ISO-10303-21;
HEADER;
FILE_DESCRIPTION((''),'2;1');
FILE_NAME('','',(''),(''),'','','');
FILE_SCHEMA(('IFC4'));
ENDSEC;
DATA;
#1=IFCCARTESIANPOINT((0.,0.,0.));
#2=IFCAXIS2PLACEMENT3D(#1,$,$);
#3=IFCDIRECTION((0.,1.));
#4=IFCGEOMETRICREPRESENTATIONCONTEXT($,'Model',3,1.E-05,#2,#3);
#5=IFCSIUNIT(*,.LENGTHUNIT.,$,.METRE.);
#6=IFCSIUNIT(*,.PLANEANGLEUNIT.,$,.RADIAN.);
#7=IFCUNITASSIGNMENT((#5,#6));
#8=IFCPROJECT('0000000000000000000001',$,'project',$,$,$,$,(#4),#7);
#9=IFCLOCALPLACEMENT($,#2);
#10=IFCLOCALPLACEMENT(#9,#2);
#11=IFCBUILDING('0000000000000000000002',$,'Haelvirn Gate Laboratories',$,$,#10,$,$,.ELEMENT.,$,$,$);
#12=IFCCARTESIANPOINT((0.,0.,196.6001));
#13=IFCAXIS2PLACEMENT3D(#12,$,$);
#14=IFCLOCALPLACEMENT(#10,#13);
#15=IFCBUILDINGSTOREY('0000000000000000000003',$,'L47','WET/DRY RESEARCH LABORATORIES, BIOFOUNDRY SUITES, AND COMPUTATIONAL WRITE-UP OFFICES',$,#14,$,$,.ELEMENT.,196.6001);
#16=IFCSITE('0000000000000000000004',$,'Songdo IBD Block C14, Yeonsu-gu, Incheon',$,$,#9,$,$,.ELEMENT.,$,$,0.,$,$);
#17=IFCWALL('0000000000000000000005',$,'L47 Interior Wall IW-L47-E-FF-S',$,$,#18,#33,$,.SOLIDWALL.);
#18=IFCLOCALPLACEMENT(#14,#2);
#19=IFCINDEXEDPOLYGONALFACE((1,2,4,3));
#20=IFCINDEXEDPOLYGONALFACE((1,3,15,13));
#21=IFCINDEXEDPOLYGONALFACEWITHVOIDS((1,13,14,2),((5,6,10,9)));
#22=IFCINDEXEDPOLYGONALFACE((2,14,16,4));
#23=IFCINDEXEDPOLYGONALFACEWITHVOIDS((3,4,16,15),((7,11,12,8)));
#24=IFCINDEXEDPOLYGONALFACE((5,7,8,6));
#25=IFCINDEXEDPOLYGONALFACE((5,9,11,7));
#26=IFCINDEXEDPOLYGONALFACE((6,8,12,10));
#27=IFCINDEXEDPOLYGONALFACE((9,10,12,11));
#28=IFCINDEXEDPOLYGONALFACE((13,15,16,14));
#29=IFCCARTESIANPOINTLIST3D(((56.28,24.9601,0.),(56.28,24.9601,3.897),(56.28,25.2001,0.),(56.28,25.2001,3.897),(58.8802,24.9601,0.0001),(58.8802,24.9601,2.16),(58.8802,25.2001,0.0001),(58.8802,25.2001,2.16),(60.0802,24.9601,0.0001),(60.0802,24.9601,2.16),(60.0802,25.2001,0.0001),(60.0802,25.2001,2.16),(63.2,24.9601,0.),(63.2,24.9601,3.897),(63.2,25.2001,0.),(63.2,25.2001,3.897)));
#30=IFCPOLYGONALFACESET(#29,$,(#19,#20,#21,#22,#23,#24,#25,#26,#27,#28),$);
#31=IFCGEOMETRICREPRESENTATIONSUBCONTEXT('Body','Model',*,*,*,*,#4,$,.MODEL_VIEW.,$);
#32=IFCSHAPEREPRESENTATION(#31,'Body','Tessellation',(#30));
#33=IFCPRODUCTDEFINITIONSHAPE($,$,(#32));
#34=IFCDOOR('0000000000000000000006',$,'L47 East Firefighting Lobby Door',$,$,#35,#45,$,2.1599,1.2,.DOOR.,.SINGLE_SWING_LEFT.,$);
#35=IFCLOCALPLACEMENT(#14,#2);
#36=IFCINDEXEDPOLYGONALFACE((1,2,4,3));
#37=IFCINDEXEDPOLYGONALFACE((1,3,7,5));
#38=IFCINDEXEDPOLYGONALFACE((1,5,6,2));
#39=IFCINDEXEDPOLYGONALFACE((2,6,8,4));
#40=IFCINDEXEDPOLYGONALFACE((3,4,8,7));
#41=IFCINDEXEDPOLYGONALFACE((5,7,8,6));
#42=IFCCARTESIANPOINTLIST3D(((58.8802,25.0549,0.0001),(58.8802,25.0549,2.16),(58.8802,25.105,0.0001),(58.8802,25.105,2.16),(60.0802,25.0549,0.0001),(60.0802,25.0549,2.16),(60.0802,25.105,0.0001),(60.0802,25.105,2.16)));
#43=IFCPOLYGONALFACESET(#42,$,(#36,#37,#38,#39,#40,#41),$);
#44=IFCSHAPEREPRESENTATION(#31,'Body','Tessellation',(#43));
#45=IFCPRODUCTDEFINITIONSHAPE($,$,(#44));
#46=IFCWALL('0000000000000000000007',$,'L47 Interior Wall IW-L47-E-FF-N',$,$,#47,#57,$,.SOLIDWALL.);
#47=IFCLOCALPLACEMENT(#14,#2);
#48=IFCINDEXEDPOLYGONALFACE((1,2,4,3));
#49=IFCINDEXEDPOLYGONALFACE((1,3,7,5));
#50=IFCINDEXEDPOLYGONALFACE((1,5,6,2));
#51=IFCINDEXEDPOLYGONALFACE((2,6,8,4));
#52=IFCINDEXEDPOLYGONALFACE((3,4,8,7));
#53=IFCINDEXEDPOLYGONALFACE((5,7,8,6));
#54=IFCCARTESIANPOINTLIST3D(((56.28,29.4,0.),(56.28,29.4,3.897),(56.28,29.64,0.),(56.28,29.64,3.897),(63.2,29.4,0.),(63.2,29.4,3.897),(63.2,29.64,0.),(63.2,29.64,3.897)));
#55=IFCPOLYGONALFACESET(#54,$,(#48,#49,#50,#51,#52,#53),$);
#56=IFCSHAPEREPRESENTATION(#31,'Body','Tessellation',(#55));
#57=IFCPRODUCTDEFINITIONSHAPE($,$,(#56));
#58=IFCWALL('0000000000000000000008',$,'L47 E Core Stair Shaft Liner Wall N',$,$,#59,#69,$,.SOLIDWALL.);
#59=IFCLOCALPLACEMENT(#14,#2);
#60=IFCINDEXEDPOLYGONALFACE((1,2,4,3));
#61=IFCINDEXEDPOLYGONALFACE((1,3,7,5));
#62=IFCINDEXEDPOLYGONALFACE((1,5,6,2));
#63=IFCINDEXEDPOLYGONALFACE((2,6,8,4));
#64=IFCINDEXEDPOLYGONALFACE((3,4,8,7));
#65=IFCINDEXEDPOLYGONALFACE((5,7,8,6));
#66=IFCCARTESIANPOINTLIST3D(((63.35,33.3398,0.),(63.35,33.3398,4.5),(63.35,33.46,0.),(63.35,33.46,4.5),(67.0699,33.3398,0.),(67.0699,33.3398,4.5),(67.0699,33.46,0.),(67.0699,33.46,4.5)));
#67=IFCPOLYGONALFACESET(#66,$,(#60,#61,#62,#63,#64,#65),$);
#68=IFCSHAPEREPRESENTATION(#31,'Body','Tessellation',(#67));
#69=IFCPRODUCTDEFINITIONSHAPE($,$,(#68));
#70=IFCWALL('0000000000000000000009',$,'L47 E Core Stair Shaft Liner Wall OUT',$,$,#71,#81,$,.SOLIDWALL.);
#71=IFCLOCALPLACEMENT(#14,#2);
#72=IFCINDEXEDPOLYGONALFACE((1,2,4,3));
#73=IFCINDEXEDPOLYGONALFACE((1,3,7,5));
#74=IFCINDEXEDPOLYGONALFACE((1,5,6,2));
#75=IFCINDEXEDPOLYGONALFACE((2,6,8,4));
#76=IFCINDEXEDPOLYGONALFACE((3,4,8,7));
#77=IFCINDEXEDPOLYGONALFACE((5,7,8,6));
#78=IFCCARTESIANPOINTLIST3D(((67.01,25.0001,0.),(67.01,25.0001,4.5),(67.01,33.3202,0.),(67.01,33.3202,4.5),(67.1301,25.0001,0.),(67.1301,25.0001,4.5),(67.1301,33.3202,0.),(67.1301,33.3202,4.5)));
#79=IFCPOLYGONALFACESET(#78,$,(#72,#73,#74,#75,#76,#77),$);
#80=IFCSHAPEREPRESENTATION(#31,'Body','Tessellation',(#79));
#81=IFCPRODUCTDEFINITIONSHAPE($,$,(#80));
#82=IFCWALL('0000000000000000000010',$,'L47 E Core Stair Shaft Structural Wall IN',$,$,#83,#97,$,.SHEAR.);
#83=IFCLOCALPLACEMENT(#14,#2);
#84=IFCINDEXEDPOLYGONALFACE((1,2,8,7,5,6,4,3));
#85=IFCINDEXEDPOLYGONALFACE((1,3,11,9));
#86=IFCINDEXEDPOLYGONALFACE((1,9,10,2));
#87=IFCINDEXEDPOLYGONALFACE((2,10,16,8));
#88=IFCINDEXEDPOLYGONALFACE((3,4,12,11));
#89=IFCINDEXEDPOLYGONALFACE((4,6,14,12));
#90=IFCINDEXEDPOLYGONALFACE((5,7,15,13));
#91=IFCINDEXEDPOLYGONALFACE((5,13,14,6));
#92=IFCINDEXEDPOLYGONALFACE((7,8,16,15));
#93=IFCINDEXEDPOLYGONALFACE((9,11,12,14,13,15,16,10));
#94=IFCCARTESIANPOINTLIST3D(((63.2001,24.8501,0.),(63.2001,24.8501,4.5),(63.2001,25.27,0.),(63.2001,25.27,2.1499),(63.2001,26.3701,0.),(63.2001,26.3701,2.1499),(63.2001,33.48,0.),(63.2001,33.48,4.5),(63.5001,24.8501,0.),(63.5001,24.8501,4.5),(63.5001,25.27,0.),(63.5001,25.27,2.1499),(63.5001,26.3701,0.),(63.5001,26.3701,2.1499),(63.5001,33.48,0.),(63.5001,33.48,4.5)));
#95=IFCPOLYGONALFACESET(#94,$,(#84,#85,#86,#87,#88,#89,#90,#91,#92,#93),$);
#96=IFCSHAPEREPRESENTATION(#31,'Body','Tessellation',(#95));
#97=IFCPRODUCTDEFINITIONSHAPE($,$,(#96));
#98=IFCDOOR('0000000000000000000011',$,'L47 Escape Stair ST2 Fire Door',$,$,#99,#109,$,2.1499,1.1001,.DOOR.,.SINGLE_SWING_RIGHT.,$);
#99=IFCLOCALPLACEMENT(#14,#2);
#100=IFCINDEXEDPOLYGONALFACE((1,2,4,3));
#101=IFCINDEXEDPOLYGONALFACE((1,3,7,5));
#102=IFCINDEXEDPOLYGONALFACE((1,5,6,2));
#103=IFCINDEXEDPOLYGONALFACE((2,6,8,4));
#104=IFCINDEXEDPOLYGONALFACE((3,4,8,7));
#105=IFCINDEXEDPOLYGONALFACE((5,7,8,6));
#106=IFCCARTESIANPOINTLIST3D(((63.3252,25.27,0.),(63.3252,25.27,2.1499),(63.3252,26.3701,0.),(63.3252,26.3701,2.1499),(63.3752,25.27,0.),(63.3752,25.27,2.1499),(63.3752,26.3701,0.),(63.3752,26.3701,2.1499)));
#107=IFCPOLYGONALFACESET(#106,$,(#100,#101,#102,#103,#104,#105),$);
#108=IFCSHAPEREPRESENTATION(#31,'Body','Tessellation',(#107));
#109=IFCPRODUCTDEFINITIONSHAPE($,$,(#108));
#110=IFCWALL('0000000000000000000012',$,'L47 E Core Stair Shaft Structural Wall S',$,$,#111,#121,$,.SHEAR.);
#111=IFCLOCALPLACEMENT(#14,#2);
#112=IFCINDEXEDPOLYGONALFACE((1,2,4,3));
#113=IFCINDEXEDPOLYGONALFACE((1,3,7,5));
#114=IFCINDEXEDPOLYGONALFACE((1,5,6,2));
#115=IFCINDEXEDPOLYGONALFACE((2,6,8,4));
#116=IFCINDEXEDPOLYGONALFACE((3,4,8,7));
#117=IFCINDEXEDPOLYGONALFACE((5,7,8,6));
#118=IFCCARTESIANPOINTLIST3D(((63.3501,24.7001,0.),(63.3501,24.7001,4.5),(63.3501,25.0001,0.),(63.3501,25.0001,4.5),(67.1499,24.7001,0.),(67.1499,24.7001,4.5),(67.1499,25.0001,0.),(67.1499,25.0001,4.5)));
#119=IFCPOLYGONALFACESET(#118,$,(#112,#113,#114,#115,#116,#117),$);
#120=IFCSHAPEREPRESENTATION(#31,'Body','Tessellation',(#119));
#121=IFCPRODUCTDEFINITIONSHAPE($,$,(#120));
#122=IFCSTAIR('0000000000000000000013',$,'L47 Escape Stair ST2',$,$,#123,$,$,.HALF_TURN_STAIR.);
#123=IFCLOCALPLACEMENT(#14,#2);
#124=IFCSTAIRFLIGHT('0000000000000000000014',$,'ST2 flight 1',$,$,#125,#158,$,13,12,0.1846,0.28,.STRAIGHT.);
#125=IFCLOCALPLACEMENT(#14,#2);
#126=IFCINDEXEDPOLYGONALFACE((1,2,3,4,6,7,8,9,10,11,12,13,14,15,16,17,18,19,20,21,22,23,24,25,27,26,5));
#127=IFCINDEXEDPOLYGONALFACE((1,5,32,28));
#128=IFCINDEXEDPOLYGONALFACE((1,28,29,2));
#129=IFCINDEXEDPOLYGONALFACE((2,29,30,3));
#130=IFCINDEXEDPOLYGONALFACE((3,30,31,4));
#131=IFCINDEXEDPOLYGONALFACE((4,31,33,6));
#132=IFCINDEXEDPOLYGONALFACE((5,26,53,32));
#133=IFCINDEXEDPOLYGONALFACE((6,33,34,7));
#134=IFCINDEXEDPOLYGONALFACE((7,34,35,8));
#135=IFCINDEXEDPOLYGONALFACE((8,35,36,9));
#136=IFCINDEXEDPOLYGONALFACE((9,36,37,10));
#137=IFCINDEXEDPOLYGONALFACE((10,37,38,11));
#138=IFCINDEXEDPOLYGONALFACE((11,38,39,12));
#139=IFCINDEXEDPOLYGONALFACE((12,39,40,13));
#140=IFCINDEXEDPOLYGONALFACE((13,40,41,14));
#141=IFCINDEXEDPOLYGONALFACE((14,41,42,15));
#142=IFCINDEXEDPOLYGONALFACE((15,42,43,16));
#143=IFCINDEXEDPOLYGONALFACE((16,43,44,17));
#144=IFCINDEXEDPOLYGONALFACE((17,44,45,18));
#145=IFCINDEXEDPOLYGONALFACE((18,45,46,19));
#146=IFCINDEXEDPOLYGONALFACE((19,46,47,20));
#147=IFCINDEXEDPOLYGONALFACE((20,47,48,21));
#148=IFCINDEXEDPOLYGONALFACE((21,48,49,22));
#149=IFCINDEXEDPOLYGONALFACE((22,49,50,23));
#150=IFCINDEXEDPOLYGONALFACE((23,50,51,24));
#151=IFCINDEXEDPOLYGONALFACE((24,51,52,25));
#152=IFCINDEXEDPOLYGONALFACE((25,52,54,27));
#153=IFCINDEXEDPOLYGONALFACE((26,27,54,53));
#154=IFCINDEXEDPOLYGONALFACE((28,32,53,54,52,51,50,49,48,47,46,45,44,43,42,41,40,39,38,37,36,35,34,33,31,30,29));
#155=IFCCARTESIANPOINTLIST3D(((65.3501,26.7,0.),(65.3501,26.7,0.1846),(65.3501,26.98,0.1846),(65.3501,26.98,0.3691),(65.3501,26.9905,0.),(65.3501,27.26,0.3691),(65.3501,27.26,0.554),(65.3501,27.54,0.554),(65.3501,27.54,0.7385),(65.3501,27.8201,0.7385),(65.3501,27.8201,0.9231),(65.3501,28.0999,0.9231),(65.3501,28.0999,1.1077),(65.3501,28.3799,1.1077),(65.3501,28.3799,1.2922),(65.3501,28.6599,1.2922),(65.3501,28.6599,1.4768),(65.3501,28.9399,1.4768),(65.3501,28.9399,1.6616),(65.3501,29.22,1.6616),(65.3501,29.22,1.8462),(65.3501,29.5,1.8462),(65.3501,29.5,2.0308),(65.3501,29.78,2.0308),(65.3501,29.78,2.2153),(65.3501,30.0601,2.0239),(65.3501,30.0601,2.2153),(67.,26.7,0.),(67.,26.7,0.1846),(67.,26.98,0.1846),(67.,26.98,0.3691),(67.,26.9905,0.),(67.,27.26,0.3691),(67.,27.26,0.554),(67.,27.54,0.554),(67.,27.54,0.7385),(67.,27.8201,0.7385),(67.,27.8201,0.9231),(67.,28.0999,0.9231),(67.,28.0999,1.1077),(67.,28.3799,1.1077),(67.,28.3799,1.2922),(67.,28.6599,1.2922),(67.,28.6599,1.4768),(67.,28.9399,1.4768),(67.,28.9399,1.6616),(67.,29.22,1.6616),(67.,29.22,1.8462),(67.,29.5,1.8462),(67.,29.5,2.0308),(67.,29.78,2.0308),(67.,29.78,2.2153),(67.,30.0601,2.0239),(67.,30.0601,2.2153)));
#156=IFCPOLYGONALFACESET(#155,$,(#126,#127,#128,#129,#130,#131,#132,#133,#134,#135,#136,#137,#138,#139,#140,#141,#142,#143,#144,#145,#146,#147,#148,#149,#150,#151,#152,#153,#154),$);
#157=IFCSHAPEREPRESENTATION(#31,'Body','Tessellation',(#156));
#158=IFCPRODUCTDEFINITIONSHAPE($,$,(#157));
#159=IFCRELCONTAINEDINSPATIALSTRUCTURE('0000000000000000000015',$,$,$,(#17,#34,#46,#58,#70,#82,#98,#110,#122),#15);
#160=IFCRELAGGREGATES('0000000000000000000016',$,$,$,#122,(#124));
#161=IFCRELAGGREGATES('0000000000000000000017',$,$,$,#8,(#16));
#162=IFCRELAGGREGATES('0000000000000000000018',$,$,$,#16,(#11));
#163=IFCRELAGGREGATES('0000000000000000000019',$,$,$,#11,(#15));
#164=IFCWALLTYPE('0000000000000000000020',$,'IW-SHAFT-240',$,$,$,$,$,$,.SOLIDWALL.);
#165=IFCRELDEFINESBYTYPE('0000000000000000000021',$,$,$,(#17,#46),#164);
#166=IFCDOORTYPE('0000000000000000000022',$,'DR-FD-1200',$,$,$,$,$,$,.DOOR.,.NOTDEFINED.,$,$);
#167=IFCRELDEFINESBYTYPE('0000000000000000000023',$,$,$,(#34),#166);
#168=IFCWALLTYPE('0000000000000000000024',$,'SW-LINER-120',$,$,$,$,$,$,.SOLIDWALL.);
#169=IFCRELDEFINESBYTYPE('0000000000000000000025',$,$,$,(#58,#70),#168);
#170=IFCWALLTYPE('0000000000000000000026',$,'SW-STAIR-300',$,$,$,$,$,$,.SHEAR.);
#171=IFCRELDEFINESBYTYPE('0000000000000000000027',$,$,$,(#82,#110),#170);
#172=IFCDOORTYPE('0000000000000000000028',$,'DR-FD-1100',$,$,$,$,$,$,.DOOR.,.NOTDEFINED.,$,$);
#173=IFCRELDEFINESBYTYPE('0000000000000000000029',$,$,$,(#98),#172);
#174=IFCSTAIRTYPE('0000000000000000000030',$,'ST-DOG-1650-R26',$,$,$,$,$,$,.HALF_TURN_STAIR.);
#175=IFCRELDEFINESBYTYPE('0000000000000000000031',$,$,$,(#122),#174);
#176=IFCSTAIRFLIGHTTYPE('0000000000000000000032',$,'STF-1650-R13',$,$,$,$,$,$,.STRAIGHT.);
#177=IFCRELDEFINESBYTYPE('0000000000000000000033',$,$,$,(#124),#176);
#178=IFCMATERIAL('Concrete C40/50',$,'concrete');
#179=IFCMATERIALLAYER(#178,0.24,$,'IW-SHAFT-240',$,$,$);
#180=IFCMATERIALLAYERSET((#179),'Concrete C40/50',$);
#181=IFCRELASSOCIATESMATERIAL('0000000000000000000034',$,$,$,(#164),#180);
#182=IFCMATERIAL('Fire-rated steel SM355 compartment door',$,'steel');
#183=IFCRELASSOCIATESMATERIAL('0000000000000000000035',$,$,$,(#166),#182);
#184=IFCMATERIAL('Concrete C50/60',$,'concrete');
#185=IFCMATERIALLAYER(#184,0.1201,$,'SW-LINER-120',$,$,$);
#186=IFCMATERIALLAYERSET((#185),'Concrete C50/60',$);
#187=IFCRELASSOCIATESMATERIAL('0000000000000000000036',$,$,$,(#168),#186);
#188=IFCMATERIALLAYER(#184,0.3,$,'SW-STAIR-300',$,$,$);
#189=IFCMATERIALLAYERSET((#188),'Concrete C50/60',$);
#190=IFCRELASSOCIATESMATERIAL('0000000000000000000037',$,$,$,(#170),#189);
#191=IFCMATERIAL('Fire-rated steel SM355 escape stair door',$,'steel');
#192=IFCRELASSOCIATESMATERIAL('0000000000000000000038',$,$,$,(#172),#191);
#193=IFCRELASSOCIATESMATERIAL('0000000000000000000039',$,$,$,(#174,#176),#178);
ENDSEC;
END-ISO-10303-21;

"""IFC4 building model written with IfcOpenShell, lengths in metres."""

from ifc_helpers import new_model, si_unit, direction, frame, frame_2d, origin, place, context, subcontext, project, spatial, polyline, rectangle, outline, extrude, source, transform, mapped, material, layer, layer_set, type_object, type_shapes, element, fill, aggregate, save


model = new_model("IFC4")

# Units and contexts
model_context = context("Model", 3, precision=1e-05, world=origin(), true_north=direction((0.0, 1.0)))
body_context = subcontext(model_context, "Body", "Model", "MODEL_VIEW")
ifc_project = project(units=[si_unit("LENGTHUNIT", "METRE"), si_unit("PLANEANGLEUNIT", "RADIAN")], contexts=[model_context])

# Site, building, storey
site_placement = place(None, origin())
site = spatial("IfcSite", under=ifc_project, at=site_placement, Name="Songdo IBD Block C14, Yeonsu-gu, Incheon", CompositionType="ELEMENT", RefElevation=0.0)
building_placement = place(site_placement, origin())
building = spatial("IfcBuilding", under=site, at=building_placement, Name="Haelvirn Gate Laboratories", CompositionType="ELEMENT")
storey_placement = place(building_placement, frame((0.0, 0.0, 196.6001)))
storey = spatial("IfcBuildingStorey", under=building, at=storey_placement, Name="L47", Description="WET/DRY RESEARCH LABORATORIES, BIOFOUNDRY SUITES, AND COMPUTATIONAL WRITE-UP OFFICES", CompositionType="ELEMENT", Elevation=196.6001)

# Wall, opening, door
ifc_material_1 = material(Name="Concrete C40/50", Category="concrete")
ifc_layer_1 = layer(ifc_material_1, 0.24, Name="IW-SHAFT-240")
ifc_layer_set_1 = layer_set([ifc_layer_1], Name="Concrete C40/50")
wall_type_1 = type_object("IfcWallType", Name="IW-SHAFT-240", PredefinedType="SOLIDWALL", material=ifc_layer_set_1)
wall_1_placement = place(storey_placement, frame((56.28, 25.0801, 0.0), z_axis=(0.0, 0.0, 1.0), x_axis=(1.0, 0.0, 0.0)))
wall_1 = element("IfcWall", 1, at=wall_1_placement, inside=storey, type_object=wall_type_1, Name="L47 Interior Wall IW-L47-E-FF-S", PredefinedType="SOLIDWALL", context=body_context, shape_type="SweptSolid", body=[
    extrude(rectangle(XDim=6.9199, YDim=0.24, at=frame_2d((3.46, 0.0))), origin(), (0.0, 0.0, 1.0), 3.897),
])
opening_1_placement = place(wall_1_placement, frame((2.6001, 0.0, 0.0)))
opening_1 = element("IfcOpeningElement", 2, at=opening_1_placement, cuts=wall_1, PredefinedType="OPENING", context=body_context, shape_type="SweptSolid", body=[
    extrude(rectangle(XDim=1.2, YDim=2.1599, at=frame_2d((0.6001, 1.0801))), frame((0.0, 0.1299, 0.0), z_axis=(0.0, -1.0, 0.0), x_axis=(1.0, 0.0, 0.0)), (0.0, 0.0, 1.0), 0.26),
])
ifc_material_2 = material(Name="Fire-rated steel SM355 compartment door", Category="steel")
door_type_1 = type_object("IfcDoorType", Name="DR-FD-1200", OperationType="NOTDEFINED", PredefinedType="DOOR", material=ifc_material_2)
shared_shape_1 = source(origin(), body_context, "Body", "SweptSolid", [
    extrude(rectangle(XDim=1.2, YDim=2.1599, at=frame_2d((0.6001, 1.0801))), frame((0.0, 0.0249, 0.0), z_axis=(0.0, -1.0, 0.0), x_axis=(1.0, 0.0, 0.0)), (0.0, 0.0, 1.0), 0.05),
])
type_shapes(door_type_1, [shared_shape_1])
door_1_placement = place(opening_1_placement, origin())
door_1 = element("IfcDoor", 3, at=door_1_placement, inside=storey, type_object=door_type_1, Name="L47 East Firefighting Lobby Door", OperationType="SINGLE_SWING_LEFT", OverallHeight=2.1599, OverallWidth=1.2, PredefinedType="DOOR", context=body_context, shape_type="MappedRepresentation", body=[
    mapped(shared_shape_1, transform((0.0, 0.0, 0.0), scale=1.0)),
])
fill(opening_1, door_1)

# Walls
wall_2_placement = place(storey_placement, frame((56.28, 29.52, 0.0), z_axis=(0.0, 0.0, 1.0), x_axis=(1.0, 0.0, 0.0)))
element("IfcWall", 4, at=wall_2_placement, inside=storey, type_object=wall_type_1, Name="L47 Interior Wall IW-L47-E-FF-N", PredefinedType="SOLIDWALL", context=body_context, shape_type="SweptSolid", body=[
    extrude(rectangle(XDim=6.9199, YDim=0.24, at=frame_2d((3.46, 0.0))), origin(), (0.0, 0.0, 1.0), 3.897),
])
ifc_material_3 = material(Name="Concrete C50/60", Category="concrete")
ifc_layer_2 = layer(ifc_material_3, 0.1201, Name="SW-LINER-120")
ifc_layer_set_2 = layer_set([ifc_layer_2], Name="Concrete C50/60")
wall_type_2 = type_object("IfcWallType", Name="SW-LINER-120", PredefinedType="SOLIDWALL", material=ifc_layer_set_2)
wall_3_placement = place(storey_placement, frame((63.3501, 33.3999, 0.0), z_axis=(0.0, 0.0, 1.0), x_axis=(1.0, 0.0, 0.0)))
element("IfcWall", 5, at=wall_3_placement, inside=storey, type_object=wall_type_2, Name="L47 E Core Stair Shaft Liner Wall N", PredefinedType="SOLIDWALL", context=body_context, shape_type="SweptSolid", body=[
    extrude(rectangle(XDim=3.72, YDim=0.1201, at=frame_2d((1.8599, 0.0))), origin(), (0.0, 0.0, 1.0), 4.5),
])
wall_4_placement = place(storey_placement, frame((67.0701, 25.0, 0.0), z_axis=(0.0, 0.0, 1.0), x_axis=(0.0, 1.0, 0.0)))
element("IfcWall", 6, at=wall_4_placement, inside=storey, type_object=wall_type_2, Name="L47 E Core Stair Shaft Liner Wall OUT", PredefinedType="SOLIDWALL", context=body_context, shape_type="SweptSolid", body=[
    extrude(rectangle(XDim=8.3201, YDim=0.1201, at=frame_2d((4.1602, 0.0))), origin(), (0.0, 0.0, 1.0), 4.5),
])

# Wall, opening, door
ifc_layer_3 = layer(ifc_material_3, 0.3, Name="SW-STAIR-300")
ifc_layer_set_3 = layer_set([ifc_layer_3], Name="Concrete C50/60")
wall_type_3 = type_object("IfcWallType", Name="SW-STAIR-300", PredefinedType="SHEAR", material=ifc_layer_set_3)
wall_5_placement = place(storey_placement, frame((63.3501, 24.8501, 0.0), z_axis=(0.0, 0.0, 1.0), x_axis=(0.0, 1.0, 0.0)))
wall_5 = element("IfcWall", 7, at=wall_5_placement, inside=storey, type_object=wall_type_3, Name="L47 E Core Stair Shaft Structural Wall IN", PredefinedType="SHEAR", context=body_context, shape_type="SweptSolid", body=[
    extrude(rectangle(XDim=8.6299, YDim=0.3, at=frame_2d((4.3149, 0.0))), origin(), (0.0, 0.0, 1.0), 4.5),
])
opening_2_placement = place(wall_5_placement, frame((0.4199, 0.0, 0.0)))
opening_2 = element("IfcOpeningElement", 8, at=opening_2_placement, cuts=wall_5, PredefinedType="OPENING", context=body_context, shape_type="SweptSolid", body=[
    extrude(rectangle(XDim=1.1001, YDim=2.1499, at=frame_2d((0.55, 1.075))), frame((0.0, 0.1602, 0.0), z_axis=(0.0, -1.0, 0.0), x_axis=(1.0, 0.0, 0.0)), (0.0, 0.0, 1.0), 0.3201),
])
ifc_material_4 = material(Name="Fire-rated steel SM355 escape stair door", Category="steel")
door_type_2 = type_object("IfcDoorType", Name="DR-FD-1100", OperationType="NOTDEFINED", PredefinedType="DOOR", material=ifc_material_4)
shared_shape_2 = source(origin(), body_context, "Body", "SweptSolid", [
    extrude(rectangle(XDim=1.1001, YDim=2.1499, at=frame_2d((0.55, 1.075))), frame((0.0, 0.0249, 0.0), z_axis=(0.0, -1.0, 0.0), x_axis=(1.0, 0.0, 0.0)), (0.0, 0.0, 1.0), 0.05),
])
type_shapes(door_type_2, [shared_shape_2])
door_2_placement = place(opening_2_placement, origin())
door_2 = element("IfcDoor", 9, at=door_2_placement, inside=storey, type_object=door_type_2, Name="L47 Escape Stair ST2 Fire Door", OperationType="SINGLE_SWING_RIGHT", OverallHeight=2.1499, OverallWidth=1.1001, PredefinedType="DOOR", context=body_context, shape_type="MappedRepresentation", body=[
    mapped(shared_shape_2, transform((0.0, 0.0, 0.0), scale=1.0)),
])
fill(opening_2, door_2)

# Wall
wall_6_placement = place(storey_placement, frame((63.3501, 24.8501, 0.0), z_axis=(0.0, 0.0, 1.0), x_axis=(1.0, 0.0, 0.0)))
element("IfcWall", 10, at=wall_6_placement, inside=storey, type_object=wall_type_3, Name="L47 E Core Stair Shaft Structural Wall S", PredefinedType="SHEAR", context=body_context, shape_type="SweptSolid", body=[
    extrude(rectangle(XDim=3.7998, YDim=0.3, at=frame_2d((1.8999, 0.0))), origin(), (0.0, 0.0, 1.0), 4.5),
])

# Stair, stair flight
stair_type = type_object("IfcStairType", Name="ST-DOG-1650-R26", PredefinedType="HALF_TURN_STAIR", material=ifc_material_1)
stair_placement = place(storey_placement, origin())
stair = element("IfcStair", 11, at=stair_placement, inside=storey, type_object=stair_type, Name="L47 Escape Stair ST2", PredefinedType="HALF_TURN_STAIR")
stair_flight_type = type_object("IfcStairFlightType", Name="STF-1650-R13", PredefinedType="STRAIGHT", material=ifc_material_1)
shared_shape_3 = source(origin(), body_context, "Body", "SweptSolid", [
    extrude(outline(polyline([(0.0, 0.0), (0.0, 0.1846), (0.28, 0.1846), (0.28, 0.3691), (0.5601, 0.3691), (0.5601, 0.554), (0.8401, 0.554), (0.8401, 0.7385), (1.1201, 0.7385), (1.1201, 0.9231), (1.3999, 0.9231), (1.3999, 1.1077), (1.6799, 1.1077), (1.6799, 1.2922), (1.96, 1.2922), (1.96, 1.4768), (2.24, 1.4768), (2.24, 1.6616), (2.52, 1.6616), (2.52, 1.8462), (2.8, 1.8462), (2.8, 2.0308), (3.0801, 2.0308), (3.0801, 2.2153), (3.3601, 2.2153), (3.3601, 2.3999), (3.3601, 2.0239), (0.2905, 0.0), (0.0, 0.0)])), frame((0.0, 0.825, 0.0), z_axis=(0.0, -1.0, 0.0), x_axis=(1.0, 0.0, 0.0)), (0.0, 0.0, 1.0), 1.6499),
])
type_shapes(stair_flight_type, [shared_shape_3])
stair_flight_1_placement = place(storey_placement, frame((66.175, 26.7, 0.0), z_axis=(0.0, 0.0, 1.0), x_axis=(0.0, 1.0, 0.0)))
stair_flight_1 = element("IfcStairFlight", 12, at=stair_flight_1_placement, type_object=stair_flight_type, Name="ST2 flight 1", NumberOfRisers=13, NumberOfTreads=12, PredefinedType="STRAIGHT", RiserHeight=0.1846, TreadLength=0.28, context=body_context, shape_type="MappedRepresentation", body=[
    mapped(shared_shape_3, transform((0.0, 0.0, 0.0), scale=1.0)),
])
aggregate(stair, [stair_flight_1])

save(model, "model.ifc")
